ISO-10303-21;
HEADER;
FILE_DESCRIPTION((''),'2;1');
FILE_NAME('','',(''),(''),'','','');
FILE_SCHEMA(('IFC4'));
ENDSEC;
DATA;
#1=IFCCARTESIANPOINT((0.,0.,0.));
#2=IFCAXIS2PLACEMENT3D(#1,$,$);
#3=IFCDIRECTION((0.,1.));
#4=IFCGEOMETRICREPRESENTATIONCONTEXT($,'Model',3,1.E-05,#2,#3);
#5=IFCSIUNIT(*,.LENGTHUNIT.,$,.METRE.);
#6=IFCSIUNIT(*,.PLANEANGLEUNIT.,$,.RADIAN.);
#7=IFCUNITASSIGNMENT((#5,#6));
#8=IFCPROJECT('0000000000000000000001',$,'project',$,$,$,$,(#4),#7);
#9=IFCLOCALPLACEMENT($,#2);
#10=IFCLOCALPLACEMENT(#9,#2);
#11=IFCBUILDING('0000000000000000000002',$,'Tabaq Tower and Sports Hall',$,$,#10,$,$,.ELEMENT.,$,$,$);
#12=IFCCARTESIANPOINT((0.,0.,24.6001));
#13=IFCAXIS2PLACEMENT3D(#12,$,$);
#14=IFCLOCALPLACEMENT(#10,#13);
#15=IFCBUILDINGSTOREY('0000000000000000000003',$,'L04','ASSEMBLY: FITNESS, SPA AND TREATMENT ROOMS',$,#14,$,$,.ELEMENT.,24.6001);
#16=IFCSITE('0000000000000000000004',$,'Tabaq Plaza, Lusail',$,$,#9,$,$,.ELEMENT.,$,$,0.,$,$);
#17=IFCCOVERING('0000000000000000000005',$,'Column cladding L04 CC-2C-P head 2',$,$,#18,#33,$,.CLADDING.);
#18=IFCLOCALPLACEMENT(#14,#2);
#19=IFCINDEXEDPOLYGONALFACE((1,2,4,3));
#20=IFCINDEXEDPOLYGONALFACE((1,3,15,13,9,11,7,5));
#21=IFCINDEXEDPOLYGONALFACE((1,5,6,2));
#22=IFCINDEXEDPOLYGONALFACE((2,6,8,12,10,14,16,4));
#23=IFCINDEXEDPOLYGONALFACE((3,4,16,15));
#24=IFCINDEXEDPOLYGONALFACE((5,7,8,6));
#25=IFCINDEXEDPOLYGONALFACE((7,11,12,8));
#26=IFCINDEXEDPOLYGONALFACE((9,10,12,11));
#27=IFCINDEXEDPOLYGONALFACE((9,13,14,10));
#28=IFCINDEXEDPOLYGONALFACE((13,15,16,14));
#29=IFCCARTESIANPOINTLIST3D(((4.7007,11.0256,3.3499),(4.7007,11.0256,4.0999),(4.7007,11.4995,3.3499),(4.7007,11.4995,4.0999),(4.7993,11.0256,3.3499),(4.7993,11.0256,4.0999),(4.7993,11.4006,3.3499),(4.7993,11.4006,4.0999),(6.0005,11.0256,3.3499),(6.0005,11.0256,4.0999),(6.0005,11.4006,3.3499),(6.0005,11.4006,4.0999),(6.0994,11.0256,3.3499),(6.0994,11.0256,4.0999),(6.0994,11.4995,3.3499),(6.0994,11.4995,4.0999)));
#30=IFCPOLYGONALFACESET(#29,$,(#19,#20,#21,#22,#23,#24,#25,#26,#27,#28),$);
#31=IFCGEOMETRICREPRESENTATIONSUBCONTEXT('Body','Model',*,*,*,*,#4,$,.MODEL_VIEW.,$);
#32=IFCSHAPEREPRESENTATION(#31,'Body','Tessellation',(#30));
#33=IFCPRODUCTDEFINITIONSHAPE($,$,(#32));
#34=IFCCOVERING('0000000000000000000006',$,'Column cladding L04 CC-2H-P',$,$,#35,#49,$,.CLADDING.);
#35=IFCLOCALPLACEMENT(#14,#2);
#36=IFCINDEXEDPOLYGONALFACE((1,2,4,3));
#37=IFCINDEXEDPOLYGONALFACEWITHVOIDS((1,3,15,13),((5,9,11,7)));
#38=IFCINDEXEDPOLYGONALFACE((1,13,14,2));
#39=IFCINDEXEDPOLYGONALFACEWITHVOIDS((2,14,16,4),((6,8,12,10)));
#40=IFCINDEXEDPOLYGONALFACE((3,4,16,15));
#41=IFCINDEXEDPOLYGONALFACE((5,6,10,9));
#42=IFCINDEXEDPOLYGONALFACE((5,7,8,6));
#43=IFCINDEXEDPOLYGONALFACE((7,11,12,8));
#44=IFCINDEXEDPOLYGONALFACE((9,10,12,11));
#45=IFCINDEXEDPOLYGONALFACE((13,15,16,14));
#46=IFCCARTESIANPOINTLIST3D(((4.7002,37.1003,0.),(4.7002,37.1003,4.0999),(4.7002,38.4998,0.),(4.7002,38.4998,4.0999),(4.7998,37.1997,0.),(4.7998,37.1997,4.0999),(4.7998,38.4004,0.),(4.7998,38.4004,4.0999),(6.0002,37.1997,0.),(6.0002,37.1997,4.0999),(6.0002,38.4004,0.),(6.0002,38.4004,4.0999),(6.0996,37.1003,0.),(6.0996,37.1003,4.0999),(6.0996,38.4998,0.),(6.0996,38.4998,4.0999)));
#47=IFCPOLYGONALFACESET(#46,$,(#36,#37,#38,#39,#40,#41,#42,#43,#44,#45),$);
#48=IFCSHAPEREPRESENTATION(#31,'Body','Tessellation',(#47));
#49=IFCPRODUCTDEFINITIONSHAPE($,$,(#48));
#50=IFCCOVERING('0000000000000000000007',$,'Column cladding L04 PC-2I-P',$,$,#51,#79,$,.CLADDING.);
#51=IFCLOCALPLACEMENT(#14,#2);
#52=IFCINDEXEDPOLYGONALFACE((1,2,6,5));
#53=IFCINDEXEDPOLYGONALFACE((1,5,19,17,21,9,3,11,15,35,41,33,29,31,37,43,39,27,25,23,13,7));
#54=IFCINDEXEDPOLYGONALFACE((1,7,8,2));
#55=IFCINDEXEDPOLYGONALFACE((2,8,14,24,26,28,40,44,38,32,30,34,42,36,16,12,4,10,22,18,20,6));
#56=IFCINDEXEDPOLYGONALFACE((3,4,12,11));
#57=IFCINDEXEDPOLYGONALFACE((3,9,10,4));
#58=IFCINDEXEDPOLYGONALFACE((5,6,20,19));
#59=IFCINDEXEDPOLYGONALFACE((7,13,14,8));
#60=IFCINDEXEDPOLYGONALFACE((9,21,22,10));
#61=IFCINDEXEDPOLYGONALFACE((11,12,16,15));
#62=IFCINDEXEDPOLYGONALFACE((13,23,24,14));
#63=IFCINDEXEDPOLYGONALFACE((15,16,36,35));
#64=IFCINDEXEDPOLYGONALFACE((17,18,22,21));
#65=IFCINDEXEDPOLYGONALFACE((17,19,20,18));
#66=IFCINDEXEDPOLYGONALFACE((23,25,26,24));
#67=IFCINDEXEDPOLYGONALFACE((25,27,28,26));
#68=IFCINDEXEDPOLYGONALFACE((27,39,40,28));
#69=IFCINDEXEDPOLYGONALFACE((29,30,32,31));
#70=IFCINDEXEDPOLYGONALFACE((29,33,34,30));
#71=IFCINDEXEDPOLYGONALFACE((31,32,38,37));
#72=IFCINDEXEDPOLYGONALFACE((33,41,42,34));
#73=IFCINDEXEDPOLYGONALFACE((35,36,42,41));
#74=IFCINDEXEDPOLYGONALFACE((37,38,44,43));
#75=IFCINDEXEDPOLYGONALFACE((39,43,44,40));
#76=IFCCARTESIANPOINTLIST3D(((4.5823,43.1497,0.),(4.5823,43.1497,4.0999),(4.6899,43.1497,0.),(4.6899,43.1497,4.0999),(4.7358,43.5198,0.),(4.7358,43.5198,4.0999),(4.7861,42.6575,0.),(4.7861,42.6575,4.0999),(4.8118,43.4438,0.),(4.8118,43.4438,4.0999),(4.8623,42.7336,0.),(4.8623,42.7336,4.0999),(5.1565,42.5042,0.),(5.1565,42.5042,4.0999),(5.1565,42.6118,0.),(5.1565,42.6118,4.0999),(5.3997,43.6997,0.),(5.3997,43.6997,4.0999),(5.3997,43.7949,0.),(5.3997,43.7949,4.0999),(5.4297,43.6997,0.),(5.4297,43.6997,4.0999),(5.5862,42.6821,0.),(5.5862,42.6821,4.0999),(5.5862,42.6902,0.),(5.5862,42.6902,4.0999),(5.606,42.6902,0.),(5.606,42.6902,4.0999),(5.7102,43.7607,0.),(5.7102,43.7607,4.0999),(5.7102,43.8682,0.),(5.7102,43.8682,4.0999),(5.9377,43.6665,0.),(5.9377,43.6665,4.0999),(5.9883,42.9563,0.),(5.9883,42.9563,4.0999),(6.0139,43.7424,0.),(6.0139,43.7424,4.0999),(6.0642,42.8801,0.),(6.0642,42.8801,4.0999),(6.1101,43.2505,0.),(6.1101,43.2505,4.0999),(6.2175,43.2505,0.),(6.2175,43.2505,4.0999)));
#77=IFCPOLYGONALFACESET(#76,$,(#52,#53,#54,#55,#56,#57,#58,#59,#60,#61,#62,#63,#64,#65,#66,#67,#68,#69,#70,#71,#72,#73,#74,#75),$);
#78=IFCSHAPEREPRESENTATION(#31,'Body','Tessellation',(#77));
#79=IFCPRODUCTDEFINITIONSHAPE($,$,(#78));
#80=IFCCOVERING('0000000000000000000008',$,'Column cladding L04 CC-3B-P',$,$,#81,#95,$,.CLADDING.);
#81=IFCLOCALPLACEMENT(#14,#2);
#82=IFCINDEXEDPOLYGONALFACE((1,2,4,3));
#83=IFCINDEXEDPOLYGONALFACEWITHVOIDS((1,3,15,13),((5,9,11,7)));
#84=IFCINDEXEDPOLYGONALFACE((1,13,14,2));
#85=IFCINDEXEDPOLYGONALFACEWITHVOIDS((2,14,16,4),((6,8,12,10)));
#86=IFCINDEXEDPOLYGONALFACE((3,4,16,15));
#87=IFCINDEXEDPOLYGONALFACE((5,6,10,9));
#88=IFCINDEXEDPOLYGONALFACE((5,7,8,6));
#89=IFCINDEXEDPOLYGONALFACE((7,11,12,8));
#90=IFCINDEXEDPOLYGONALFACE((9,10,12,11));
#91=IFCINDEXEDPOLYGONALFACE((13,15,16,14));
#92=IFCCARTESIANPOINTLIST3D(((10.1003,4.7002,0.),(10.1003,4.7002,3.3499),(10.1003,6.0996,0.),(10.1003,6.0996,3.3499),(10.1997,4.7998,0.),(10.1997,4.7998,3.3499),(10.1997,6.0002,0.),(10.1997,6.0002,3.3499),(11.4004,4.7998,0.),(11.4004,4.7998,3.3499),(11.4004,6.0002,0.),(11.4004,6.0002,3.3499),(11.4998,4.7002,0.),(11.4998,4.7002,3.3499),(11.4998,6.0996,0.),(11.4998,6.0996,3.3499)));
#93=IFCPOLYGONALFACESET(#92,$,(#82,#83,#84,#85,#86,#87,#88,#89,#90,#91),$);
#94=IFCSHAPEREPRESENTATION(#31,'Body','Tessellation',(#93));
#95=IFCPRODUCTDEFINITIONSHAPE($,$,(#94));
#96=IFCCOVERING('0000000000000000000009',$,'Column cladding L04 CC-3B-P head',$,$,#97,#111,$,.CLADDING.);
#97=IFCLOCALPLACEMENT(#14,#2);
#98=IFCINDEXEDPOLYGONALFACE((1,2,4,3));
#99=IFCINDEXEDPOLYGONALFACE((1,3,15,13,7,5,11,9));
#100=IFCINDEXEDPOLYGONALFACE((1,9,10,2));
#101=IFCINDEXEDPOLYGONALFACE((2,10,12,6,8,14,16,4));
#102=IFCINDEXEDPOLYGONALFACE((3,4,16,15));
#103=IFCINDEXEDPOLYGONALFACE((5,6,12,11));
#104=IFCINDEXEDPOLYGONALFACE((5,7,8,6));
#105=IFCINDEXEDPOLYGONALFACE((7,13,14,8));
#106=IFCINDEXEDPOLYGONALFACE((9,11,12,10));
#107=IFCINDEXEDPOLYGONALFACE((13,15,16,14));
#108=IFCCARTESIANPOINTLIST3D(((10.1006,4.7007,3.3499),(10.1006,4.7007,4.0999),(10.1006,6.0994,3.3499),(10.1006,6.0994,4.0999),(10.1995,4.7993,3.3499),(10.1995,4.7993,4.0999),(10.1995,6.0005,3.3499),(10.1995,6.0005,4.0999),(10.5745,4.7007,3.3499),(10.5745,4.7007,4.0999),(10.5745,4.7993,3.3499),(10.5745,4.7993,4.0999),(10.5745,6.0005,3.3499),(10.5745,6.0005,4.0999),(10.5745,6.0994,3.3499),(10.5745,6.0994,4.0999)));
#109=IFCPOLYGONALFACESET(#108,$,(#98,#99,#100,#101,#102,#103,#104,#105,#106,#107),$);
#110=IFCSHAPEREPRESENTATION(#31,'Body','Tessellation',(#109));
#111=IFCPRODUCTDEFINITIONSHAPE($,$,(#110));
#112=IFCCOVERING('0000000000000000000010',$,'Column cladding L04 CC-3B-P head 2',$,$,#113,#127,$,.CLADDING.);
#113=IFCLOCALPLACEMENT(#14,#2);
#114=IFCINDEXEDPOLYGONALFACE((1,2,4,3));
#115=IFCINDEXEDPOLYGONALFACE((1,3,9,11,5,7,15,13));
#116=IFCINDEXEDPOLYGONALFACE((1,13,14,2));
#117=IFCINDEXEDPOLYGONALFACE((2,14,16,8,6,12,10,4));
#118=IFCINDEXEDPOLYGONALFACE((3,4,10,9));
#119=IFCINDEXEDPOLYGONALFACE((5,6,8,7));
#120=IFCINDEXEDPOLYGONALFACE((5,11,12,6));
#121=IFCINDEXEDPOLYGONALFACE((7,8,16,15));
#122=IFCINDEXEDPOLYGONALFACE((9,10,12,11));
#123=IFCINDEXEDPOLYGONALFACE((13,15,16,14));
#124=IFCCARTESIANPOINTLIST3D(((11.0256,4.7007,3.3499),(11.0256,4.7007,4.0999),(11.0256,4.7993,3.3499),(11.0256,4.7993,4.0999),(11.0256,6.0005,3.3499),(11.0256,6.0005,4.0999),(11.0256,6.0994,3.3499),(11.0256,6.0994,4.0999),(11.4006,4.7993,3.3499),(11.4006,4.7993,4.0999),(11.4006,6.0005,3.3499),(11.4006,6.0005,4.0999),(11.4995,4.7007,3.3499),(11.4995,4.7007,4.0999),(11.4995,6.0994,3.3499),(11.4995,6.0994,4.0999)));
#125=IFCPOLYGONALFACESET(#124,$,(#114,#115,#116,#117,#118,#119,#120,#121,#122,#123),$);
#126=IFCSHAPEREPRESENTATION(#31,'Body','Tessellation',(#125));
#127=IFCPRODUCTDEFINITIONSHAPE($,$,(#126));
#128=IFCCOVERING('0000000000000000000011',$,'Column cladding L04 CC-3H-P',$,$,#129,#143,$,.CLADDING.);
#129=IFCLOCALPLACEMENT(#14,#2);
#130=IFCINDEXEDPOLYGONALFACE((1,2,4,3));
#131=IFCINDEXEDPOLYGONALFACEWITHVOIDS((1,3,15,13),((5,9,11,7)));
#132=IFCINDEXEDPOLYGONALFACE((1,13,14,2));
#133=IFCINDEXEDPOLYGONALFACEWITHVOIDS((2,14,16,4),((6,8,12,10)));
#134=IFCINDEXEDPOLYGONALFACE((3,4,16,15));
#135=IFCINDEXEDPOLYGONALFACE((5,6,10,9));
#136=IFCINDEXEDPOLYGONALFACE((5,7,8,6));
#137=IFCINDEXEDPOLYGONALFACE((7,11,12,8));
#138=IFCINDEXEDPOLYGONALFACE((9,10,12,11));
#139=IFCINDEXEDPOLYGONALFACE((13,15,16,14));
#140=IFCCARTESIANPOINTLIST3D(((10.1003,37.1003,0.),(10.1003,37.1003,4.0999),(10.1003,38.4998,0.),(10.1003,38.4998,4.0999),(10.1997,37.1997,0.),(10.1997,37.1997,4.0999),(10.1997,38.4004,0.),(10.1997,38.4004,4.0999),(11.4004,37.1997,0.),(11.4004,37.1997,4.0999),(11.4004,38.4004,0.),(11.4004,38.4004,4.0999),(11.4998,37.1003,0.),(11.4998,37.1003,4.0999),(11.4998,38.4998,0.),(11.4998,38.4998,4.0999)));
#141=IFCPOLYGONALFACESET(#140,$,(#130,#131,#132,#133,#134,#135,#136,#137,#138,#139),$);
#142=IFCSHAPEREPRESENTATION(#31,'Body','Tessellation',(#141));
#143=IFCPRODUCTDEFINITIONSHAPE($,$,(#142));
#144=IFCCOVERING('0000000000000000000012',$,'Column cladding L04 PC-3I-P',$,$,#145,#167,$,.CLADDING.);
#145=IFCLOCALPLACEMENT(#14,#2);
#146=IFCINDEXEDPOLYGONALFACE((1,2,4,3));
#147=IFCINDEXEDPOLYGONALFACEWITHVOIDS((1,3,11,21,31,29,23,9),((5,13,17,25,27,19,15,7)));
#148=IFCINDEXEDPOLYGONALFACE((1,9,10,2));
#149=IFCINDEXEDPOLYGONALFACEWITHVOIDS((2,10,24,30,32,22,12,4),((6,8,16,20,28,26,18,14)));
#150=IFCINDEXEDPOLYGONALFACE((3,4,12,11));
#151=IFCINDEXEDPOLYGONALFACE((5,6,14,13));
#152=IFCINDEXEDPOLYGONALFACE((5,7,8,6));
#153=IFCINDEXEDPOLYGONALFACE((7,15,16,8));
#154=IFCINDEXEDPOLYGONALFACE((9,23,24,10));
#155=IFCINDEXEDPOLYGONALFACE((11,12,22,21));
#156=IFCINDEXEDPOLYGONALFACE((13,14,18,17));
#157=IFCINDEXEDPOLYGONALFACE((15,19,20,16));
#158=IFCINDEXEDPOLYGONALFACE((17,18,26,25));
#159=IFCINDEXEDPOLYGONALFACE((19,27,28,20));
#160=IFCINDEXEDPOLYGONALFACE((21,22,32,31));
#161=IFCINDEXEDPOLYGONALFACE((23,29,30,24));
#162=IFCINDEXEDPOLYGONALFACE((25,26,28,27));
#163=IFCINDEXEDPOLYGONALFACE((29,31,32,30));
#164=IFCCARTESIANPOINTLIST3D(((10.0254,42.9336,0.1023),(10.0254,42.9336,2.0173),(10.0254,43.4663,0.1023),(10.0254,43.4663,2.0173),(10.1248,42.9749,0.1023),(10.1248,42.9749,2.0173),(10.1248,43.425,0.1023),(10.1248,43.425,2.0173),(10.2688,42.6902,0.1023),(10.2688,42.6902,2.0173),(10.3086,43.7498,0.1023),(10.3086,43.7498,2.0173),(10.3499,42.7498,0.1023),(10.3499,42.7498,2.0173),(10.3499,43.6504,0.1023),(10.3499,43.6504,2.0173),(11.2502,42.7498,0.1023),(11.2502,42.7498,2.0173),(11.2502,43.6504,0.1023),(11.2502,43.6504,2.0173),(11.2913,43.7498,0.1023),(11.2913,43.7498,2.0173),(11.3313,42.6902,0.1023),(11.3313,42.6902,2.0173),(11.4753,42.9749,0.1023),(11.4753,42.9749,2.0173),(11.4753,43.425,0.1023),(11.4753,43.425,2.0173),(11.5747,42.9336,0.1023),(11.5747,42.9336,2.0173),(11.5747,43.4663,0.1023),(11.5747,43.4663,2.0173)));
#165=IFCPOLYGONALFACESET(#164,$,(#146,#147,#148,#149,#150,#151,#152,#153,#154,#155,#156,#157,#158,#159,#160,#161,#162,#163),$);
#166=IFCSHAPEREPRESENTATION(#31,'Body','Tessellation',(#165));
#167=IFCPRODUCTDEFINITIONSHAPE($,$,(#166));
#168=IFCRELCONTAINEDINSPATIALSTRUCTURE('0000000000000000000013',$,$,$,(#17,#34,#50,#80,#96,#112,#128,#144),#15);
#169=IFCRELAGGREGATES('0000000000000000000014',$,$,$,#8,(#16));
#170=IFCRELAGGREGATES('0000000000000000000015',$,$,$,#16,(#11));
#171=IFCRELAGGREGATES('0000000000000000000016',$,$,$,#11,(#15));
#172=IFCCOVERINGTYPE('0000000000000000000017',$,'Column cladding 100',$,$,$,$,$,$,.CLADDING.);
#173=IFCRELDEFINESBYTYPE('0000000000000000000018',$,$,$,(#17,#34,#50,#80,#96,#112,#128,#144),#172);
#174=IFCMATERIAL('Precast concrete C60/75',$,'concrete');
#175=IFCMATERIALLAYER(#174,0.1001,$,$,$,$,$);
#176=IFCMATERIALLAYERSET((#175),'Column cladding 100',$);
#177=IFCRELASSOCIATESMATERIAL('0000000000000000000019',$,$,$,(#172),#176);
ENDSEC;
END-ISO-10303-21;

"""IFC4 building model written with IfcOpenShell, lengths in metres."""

from ifc_helpers import new_model, si_unit, direction, frame, origin, place, context, subcontext, project, spatial, polyline, outline, extrude, material, layer, layer_set, type_object, element, save


model = new_model("IFC4")

# Units and contexts
model_context = context("Model", 3, precision=1e-05, world=origin(), true_north=direction((0.0, 1.0)))
body_context = subcontext(model_context, "Body", "Model", "MODEL_VIEW")
ifc_project = project(units=[si_unit("LENGTHUNIT", "METRE"), si_unit("PLANEANGLEUNIT", "RADIAN")], contexts=[model_context])

# Site, building, storey
site_placement = place(None, origin())
site = spatial("IfcSite", under=ifc_project, at=site_placement, Name="Tabaq Plaza, Lusail", CompositionType="ELEMENT", RefElevation=0.0)
building_placement = place(site_placement, origin())
building = spatial("IfcBuilding", under=site, at=building_placement, Name="Tabaq Tower and Sports Hall", CompositionType="ELEMENT")
storey_placement = place(building_placement, frame((0.0, 0.0, 24.6001)))
storey = spatial("IfcBuildingStorey", under=building, at=storey_placement, Name="L04", Description="ASSEMBLY: FITNESS, SPA AND TREATMENT ROOMS", CompositionType="ELEMENT", Elevation=24.6001)

# Coverings
ifc_material = material(Name="Precast concrete C60/75", Category="concrete")
ifc_layer = layer(ifc_material, 0.1001)
ifc_layer_set = layer_set([ifc_layer], Name="Column cladding 100")
covering_type = type_object("IfcCoveringType", Name="Column cladding 100", PredefinedType="CLADDING", material=ifc_layer_set)
covering_1_placement = place(storey_placement, frame((0.0, 0.0, 3.3499)))
element("IfcCovering", 1, at=covering_1_placement, inside=storey, type_object=covering_type, Name="Column cladding L04 CC-2C-P head 2", PredefinedType="CLADDING", context=body_context, shape_type="SweptSolid", body=[
    extrude(outline(polyline([(4.7993, 11.0256), (4.7007, 11.0256), (4.7007, 11.4995), (6.0994, 11.4995), (6.0994, 11.0256), (6.0005, 11.0256), (6.0005, 11.4006), (4.7993, 11.4006), (4.7993, 11.0256)])), origin(), (0.0, 0.0, 1.0), 0.75),
])
covering_2_placement = place(storey_placement, origin())
element("IfcCovering", 2, at=covering_2_placement, inside=storey, type_object=covering_type, Name="Column cladding L04 CC-2H-P", PredefinedType="CLADDING", context=body_context, shape_type="SweptSolid", body=[
    extrude(outline(polyline([(4.7002, 38.4998), (6.0996, 38.4998), (6.0996, 37.1003), (4.7002, 37.1003), (4.7002, 38.4998)]), holes=[polyline([(6.0002, 37.1997), (6.0002, 38.4004), (4.7998, 38.4004), (4.7998, 37.1997), (6.0002, 37.1997)])]), origin(), (0.0, 0.0, 1.0), 4.0999),
])
covering_3_placement = place(storey_placement, origin())
element("IfcCovering", 3, at=covering_3_placement, inside=storey, type_object=covering_type, Name="Column cladding L04 PC-2I-P", PredefinedType="CLADDING", context=body_context, shape_type="SweptSolid", body=[
    extrude(outline(polyline([(4.5823, 43.1497), (4.7358, 43.5198), (5.3997, 43.7949), (5.3997, 43.6997), (5.4297, 43.6997), (4.8118, 43.4438), (4.6899, 43.1497), (4.8623, 42.7336), (5.1565, 42.6118), (5.9883, 42.9563), (6.1101, 43.2505), (5.9377, 43.6665), (5.7102, 43.7607), (5.7102, 43.8682), (6.0139, 43.7424), (6.2175, 43.2505), (6.0642, 42.8801), (5.606, 42.6902), (5.5862, 42.6902), (5.5862, 42.6821), (5.1565, 42.5042), (4.7861, 42.6575), (4.5823, 43.1497)])), origin(), (0.0, 0.0, 1.0), 4.0999),
])
covering_4_placement = place(storey_placement, origin())
element("IfcCovering", 4, at=covering_4_placement, inside=storey, type_object=covering_type, Name="Column cladding L04 CC-3B-P", PredefinedType="CLADDING", context=body_context, shape_type="SweptSolid", body=[
    extrude(outline(polyline([(10.1003, 6.0996), (11.4998, 6.0996), (11.4998, 4.7002), (10.1003, 4.7002), (10.1003, 6.0996)]), holes=[polyline([(11.4004, 4.7998), (11.4004, 6.0002), (10.1997, 6.0002), (10.1997, 4.7998), (11.4004, 4.7998)])]), origin(), (0.0, 0.0, 1.0), 3.3499),
])
covering_5_placement = place(storey_placement, frame((0.0, 0.0, 3.3499)))
element("IfcCovering", 5, at=covering_5_placement, inside=storey, type_object=covering_type, Name="Column cladding L04 CC-3B-P head", PredefinedType="CLADDING", context=body_context, shape_type="SweptSolid", body=[
    extrude(outline(polyline([(10.5745, 4.7993), (10.5745, 4.7007), (10.1006, 4.7007), (10.1006, 6.0994), (10.5745, 6.0994), (10.5745, 6.0005), (10.1995, 6.0005), (10.1995, 4.7993), (10.5745, 4.7993)])), origin(), (0.0, 0.0, 1.0), 0.75),
])
covering_6_placement = place(storey_placement, frame((0.0, 0.0, 3.3499)))
element("IfcCovering", 6, at=covering_6_placement, inside=storey, type_object=covering_type, Name="Column cladding L04 CC-3B-P head 2", PredefinedType="CLADDING", context=body_context, shape_type="SweptSolid", body=[
    extrude(outline(polyline([(11.0256, 4.7993), (11.4006, 4.7993), (11.4006, 6.0005), (11.0256, 6.0005), (11.0256, 6.0994), (11.4995, 6.0994), (11.4995, 4.7007), (11.0256, 4.7007), (11.0256, 4.7993)])), origin(), (0.0, 0.0, 1.0), 0.75),
])
covering_7_placement = place(storey_placement, origin())
element("IfcCovering", 7, at=covering_7_placement, inside=storey, type_object=covering_type, Name="Column cladding L04 CC-3H-P", PredefinedType="CLADDING", context=body_context, shape_type="SweptSolid", body=[
    extrude(outline(polyline([(10.1003, 38.4998), (11.4998, 38.4998), (11.4998, 37.1003), (10.1003, 37.1003), (10.1003, 38.4998)]), holes=[polyline([(11.4004, 37.1997), (11.4004, 38.4004), (10.1997, 38.4004), (10.1997, 37.1997), (11.4004, 37.1997)])]), origin(), (0.0, 0.0, 1.0), 4.0999),
])
covering_8_placement = place(storey_placement, frame((0.0, 0.0, 0.1023)))
element("IfcCovering", 8, at=covering_8_placement, inside=storey, type_object=covering_type, Name="Column cladding L04 PC-3I-P", PredefinedType="CLADDING", context=body_context, shape_type="SweptSolid", body=[
    extrude(outline(polyline([(10.0254, 43.4663), (10.3086, 43.7498), (11.2913, 43.7498), (11.5747, 43.4663), (11.5747, 42.9336), (11.3313, 42.6902), (10.2688, 42.6902), (10.0254, 42.9336), (10.0254, 43.4663)]), holes=[polyline([(11.4753, 42.9749), (11.4753, 43.425), (11.2502, 43.6504), (10.3499, 43.6504), (10.1248, 43.425), (10.1248, 42.9749), (10.3499, 42.7498), (11.2502, 42.7498), (11.4753, 42.9749)])]), origin(), (0.0, 0.0, 1.0), 1.915),
])

save(model, "model.ifc")
